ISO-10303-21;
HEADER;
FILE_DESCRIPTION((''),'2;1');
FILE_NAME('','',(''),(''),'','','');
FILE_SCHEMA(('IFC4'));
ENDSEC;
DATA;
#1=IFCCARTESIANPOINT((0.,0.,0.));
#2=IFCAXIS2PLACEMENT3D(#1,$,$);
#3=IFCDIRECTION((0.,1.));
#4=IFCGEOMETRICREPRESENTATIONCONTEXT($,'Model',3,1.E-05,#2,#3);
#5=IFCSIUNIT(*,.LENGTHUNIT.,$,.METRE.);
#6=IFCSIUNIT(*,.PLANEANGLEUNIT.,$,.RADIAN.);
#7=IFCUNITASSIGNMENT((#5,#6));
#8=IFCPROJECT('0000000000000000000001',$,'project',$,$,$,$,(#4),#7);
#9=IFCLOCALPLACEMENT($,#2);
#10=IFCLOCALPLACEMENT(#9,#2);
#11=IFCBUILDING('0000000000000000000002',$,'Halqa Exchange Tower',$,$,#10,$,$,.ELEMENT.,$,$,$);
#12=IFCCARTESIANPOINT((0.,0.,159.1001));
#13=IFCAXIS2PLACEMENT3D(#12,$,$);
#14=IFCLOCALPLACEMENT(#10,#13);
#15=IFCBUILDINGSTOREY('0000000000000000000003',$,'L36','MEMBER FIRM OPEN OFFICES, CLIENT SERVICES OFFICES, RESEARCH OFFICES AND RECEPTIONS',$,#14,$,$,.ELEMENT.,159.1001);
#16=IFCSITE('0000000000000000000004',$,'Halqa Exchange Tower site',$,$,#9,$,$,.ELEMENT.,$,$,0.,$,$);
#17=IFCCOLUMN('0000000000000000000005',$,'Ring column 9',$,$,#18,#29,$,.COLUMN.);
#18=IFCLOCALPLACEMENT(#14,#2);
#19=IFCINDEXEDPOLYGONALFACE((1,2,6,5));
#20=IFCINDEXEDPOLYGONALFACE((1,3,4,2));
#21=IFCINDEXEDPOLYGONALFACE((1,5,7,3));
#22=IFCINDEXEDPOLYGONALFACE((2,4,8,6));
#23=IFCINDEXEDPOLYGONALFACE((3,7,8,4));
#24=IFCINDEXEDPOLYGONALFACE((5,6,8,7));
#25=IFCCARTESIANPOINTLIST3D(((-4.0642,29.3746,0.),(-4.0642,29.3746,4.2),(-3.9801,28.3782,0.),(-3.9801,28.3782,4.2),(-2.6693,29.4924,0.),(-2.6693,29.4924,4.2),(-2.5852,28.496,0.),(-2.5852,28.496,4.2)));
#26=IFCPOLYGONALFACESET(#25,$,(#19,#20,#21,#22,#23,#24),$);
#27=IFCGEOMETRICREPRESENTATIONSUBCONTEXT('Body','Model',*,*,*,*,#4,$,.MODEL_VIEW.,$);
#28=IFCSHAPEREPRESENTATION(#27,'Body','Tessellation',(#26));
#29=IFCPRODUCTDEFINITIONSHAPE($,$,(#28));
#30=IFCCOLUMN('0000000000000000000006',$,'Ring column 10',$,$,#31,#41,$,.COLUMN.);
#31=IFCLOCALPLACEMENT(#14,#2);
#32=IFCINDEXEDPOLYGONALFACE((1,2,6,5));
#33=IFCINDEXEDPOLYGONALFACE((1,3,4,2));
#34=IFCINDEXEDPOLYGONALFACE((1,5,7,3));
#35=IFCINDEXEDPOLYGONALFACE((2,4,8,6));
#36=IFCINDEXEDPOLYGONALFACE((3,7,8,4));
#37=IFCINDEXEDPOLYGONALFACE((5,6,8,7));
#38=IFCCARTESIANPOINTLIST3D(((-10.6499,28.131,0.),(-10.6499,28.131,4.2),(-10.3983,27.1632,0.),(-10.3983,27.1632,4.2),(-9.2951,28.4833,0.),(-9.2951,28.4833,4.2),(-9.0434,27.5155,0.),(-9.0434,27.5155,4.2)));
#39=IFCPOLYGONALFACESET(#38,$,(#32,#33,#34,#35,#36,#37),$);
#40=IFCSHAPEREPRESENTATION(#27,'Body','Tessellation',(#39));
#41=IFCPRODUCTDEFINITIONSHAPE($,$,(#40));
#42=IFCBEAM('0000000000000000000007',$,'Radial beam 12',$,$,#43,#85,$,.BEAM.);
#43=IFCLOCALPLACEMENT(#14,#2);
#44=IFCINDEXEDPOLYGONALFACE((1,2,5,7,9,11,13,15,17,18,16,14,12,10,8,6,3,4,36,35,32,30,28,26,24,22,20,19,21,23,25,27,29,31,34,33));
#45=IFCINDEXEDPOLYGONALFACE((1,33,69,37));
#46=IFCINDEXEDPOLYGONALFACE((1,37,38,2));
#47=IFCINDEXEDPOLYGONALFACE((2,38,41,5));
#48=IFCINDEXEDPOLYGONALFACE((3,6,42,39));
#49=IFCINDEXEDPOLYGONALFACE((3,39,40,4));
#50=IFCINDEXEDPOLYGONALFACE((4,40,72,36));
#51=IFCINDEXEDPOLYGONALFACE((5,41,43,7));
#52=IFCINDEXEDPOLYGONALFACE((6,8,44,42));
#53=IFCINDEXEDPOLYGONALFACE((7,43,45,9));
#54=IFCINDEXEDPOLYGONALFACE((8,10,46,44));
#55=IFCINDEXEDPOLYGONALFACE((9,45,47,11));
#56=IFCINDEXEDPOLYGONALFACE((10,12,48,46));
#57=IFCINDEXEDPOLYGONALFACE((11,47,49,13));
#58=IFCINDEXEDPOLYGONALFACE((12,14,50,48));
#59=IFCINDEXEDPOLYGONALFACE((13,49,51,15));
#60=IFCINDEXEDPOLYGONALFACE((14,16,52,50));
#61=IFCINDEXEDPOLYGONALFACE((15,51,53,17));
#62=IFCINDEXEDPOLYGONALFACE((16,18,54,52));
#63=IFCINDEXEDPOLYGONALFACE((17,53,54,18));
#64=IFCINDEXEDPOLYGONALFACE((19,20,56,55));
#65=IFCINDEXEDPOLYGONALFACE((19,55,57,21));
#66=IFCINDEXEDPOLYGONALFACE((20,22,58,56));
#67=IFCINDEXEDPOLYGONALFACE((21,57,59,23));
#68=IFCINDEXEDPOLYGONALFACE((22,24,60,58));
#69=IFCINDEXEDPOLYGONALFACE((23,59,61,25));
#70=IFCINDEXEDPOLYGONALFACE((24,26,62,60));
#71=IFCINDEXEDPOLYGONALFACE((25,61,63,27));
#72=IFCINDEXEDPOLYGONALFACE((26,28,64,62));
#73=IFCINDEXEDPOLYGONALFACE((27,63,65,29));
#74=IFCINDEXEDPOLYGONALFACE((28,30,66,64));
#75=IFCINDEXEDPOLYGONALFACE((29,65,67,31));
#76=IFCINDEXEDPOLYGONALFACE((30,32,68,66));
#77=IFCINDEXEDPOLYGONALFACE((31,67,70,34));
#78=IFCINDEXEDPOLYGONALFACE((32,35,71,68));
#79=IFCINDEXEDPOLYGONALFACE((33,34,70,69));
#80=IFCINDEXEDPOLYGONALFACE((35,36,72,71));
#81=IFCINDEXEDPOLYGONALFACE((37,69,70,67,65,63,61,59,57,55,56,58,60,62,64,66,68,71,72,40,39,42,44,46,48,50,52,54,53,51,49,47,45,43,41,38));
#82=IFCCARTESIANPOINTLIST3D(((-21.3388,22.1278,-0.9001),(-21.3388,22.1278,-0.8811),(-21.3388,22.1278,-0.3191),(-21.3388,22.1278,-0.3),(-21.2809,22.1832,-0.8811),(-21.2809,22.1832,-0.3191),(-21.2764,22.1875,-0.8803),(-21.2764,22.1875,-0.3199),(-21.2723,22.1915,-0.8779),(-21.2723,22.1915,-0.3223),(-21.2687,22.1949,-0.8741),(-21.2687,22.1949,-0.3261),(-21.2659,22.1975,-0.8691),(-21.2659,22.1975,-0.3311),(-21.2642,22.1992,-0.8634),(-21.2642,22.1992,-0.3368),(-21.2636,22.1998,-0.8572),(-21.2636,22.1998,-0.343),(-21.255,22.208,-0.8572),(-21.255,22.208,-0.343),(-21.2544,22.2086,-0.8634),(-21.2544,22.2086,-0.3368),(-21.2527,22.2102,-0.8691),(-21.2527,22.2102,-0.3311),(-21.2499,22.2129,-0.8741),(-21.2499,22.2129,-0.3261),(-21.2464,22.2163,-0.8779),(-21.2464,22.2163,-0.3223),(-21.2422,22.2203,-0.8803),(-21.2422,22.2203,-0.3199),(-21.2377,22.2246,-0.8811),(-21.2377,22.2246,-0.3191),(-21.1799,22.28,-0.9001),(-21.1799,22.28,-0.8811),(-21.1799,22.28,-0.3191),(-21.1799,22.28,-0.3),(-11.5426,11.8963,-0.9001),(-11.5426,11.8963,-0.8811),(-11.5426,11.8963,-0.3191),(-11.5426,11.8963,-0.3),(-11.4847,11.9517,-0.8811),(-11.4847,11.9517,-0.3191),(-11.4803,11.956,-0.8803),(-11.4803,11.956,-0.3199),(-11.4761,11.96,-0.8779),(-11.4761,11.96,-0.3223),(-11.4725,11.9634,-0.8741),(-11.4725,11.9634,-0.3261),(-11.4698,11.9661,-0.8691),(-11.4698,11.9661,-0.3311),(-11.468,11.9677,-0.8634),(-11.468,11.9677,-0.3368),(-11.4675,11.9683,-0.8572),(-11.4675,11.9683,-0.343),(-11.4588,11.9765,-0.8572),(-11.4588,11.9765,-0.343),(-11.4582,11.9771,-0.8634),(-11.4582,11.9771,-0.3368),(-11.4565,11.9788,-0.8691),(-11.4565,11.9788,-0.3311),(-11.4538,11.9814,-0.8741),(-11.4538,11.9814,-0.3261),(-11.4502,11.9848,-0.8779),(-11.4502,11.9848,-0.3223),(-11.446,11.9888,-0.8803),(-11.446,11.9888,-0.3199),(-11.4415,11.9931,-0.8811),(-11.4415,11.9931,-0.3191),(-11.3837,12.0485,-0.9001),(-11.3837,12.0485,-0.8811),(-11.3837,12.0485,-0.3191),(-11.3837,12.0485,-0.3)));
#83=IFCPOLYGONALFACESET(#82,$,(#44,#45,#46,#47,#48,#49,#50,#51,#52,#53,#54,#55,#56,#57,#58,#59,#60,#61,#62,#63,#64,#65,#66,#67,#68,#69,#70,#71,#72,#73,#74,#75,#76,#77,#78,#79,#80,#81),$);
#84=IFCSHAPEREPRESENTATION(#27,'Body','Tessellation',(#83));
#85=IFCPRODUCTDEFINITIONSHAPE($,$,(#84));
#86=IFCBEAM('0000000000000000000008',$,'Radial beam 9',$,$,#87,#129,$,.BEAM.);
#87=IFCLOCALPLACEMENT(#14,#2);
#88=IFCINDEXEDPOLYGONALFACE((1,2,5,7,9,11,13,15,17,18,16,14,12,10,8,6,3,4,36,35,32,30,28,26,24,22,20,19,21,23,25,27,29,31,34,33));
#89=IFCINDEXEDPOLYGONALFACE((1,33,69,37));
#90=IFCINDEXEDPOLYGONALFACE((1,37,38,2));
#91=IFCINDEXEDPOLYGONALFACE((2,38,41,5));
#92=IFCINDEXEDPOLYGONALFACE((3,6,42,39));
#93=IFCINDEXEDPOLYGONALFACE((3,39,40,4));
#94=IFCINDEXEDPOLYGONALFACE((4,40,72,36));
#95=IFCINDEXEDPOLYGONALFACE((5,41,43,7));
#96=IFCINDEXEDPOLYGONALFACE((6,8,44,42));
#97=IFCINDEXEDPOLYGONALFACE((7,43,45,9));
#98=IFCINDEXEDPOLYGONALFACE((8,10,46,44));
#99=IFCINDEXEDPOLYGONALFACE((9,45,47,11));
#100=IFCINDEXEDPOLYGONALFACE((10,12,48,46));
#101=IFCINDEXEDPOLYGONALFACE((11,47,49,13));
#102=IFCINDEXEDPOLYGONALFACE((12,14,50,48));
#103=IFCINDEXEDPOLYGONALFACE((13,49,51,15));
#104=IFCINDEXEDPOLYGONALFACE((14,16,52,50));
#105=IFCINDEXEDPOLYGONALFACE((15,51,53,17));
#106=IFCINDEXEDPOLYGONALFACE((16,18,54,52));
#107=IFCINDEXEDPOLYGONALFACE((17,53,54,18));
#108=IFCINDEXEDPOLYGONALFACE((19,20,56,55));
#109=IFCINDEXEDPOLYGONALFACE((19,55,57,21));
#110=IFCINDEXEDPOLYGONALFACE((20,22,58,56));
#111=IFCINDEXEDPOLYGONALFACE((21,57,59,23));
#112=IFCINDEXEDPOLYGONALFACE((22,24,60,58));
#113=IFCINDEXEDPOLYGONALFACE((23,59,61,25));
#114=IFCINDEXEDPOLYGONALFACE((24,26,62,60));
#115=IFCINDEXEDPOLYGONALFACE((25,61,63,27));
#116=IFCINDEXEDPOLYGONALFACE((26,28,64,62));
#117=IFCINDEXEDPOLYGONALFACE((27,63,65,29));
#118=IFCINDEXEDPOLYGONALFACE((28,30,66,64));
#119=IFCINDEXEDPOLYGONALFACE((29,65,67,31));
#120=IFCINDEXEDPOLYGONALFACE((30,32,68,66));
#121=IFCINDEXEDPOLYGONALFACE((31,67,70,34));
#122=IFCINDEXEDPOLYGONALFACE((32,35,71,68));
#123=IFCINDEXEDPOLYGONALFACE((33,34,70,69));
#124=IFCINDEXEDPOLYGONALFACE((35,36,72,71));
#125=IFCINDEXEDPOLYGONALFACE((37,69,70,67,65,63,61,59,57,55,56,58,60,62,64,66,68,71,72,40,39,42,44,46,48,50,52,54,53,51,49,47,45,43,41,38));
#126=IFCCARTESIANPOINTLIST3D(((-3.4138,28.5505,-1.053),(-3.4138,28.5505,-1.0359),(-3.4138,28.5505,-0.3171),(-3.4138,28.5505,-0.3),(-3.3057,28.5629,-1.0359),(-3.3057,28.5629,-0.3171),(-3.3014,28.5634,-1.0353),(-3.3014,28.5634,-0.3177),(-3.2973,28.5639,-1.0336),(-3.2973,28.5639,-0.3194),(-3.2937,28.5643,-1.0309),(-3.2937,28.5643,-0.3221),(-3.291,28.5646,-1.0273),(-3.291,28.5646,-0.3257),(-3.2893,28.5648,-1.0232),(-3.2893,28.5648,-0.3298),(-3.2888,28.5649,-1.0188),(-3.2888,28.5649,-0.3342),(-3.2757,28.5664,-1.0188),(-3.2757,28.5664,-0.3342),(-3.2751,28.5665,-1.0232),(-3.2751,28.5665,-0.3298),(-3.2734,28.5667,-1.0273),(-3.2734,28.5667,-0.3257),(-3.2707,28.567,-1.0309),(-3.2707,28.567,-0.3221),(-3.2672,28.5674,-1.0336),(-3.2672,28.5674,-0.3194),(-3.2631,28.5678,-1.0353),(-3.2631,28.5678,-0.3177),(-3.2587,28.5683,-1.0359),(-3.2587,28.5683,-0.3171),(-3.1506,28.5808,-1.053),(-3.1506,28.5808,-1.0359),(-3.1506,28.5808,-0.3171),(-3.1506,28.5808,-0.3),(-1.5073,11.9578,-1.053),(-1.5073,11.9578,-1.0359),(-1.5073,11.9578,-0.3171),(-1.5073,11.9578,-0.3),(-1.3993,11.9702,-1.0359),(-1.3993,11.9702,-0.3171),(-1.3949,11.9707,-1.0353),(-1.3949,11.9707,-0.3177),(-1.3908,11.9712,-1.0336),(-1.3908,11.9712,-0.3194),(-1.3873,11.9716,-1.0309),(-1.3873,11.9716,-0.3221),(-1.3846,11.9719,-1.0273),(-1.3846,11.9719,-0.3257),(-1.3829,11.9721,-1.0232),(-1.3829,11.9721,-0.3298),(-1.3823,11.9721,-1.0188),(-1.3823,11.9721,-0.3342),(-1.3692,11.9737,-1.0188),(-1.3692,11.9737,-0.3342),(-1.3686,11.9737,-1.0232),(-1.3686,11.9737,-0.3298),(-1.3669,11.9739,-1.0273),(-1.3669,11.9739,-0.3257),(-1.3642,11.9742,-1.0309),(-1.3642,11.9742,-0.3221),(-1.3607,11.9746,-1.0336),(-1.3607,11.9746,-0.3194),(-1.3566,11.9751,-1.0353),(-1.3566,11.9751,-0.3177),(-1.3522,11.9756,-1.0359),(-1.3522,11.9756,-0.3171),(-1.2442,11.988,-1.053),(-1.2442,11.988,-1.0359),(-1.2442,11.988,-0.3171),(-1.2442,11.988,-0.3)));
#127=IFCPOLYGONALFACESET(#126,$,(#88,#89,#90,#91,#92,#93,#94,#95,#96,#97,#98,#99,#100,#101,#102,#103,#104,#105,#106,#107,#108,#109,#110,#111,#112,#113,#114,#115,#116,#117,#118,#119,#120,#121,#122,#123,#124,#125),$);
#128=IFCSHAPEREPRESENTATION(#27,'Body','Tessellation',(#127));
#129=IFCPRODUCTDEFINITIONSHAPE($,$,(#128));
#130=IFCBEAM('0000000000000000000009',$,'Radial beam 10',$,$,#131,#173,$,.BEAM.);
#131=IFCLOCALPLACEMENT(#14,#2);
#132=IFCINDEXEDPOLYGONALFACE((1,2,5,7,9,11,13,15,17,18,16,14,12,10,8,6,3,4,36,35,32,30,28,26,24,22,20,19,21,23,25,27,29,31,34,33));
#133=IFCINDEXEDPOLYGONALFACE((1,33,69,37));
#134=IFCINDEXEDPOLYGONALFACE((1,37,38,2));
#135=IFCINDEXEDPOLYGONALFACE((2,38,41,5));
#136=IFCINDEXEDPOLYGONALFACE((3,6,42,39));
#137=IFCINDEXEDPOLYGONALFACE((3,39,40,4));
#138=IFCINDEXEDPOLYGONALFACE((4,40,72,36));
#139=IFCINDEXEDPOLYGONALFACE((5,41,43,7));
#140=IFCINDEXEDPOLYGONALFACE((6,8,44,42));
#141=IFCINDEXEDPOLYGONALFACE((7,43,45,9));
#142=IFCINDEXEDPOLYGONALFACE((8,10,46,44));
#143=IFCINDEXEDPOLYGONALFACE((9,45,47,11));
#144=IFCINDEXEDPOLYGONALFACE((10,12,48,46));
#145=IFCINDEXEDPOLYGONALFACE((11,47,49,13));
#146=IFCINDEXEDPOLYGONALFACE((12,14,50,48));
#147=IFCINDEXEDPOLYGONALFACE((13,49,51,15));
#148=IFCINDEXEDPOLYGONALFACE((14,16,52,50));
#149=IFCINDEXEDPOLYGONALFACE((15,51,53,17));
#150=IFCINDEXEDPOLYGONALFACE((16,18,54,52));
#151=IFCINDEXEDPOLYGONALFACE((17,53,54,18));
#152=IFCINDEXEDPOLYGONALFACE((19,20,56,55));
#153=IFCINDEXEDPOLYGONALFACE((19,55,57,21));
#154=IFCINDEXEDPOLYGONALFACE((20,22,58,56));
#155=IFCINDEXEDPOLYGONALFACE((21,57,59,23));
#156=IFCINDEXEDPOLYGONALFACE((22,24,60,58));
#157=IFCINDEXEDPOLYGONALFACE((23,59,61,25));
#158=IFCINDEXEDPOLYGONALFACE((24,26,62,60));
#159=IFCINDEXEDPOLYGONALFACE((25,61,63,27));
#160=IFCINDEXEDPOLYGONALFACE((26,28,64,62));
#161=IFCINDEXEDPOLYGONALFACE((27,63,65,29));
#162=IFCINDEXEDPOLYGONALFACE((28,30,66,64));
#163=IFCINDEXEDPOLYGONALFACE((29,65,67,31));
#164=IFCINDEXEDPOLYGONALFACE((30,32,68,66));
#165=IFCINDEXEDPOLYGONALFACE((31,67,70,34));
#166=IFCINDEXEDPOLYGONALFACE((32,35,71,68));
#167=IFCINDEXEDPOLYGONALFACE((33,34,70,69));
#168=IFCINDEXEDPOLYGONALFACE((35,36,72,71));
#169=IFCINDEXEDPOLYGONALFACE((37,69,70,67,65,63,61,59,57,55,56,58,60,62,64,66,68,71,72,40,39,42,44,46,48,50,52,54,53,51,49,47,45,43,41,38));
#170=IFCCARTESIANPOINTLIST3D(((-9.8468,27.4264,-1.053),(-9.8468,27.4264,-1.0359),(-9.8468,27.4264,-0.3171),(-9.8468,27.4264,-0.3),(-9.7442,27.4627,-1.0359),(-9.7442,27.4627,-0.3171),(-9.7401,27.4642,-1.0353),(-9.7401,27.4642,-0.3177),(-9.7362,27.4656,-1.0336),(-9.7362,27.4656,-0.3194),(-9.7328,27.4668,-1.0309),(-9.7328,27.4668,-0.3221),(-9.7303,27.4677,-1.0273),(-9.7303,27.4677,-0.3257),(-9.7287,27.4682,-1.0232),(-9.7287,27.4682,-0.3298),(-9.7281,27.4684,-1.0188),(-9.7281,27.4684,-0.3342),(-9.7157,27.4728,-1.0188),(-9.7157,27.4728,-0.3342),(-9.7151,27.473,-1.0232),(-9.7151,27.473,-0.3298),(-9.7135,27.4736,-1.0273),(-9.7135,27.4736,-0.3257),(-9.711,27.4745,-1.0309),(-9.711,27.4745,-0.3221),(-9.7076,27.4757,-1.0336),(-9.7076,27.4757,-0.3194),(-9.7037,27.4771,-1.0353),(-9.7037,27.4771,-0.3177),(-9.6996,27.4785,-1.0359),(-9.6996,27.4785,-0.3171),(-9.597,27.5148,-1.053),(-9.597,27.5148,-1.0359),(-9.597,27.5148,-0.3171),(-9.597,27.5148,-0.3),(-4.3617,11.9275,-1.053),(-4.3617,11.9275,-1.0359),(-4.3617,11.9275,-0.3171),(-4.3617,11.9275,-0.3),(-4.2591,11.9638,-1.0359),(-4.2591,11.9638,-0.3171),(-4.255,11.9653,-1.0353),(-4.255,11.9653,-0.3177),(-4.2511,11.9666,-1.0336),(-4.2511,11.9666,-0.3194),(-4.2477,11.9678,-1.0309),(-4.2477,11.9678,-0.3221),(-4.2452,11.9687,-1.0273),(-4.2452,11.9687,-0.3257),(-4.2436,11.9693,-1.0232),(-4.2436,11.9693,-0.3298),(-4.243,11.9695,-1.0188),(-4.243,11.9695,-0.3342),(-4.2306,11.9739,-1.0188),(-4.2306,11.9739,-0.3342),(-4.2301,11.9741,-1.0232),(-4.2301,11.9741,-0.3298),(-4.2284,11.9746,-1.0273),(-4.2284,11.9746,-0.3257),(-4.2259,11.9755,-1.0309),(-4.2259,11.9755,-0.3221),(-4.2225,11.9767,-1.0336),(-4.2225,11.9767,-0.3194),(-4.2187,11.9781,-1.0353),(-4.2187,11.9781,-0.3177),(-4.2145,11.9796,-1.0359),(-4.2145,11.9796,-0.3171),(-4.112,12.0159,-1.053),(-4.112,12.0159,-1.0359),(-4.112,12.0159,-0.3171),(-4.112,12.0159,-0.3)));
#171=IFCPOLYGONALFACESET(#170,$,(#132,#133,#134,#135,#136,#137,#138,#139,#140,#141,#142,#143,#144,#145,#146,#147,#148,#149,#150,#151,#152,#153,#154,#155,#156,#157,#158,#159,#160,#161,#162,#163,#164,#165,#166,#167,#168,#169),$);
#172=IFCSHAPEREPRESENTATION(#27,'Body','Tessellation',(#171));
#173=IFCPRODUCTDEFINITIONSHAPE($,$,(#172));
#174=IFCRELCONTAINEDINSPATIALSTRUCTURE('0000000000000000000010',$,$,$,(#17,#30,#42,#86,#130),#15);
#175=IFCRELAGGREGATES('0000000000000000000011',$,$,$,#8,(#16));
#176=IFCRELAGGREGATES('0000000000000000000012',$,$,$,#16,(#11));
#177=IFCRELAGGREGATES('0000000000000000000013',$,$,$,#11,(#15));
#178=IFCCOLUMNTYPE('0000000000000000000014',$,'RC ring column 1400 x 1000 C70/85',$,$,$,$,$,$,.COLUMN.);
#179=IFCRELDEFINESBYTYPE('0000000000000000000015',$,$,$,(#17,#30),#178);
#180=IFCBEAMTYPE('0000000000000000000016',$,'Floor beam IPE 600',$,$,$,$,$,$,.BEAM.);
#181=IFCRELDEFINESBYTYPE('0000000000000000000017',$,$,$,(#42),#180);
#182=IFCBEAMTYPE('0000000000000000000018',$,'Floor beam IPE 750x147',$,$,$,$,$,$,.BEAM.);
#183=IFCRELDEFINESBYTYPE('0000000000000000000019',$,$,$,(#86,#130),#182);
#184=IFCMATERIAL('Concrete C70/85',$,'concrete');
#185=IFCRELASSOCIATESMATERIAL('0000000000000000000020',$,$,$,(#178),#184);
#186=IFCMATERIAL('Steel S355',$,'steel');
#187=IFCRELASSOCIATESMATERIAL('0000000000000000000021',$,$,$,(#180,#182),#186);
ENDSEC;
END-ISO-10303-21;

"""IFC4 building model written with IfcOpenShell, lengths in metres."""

from ifc_helpers import new_model, si_unit, direction, frame, origin, origin_2d, place, context, subcontext, project, spatial, rectangle, i_section, extrude, material, material_profile, profile_set, type_object, element, save


model = new_model("IFC4")

# Units and contexts
model_context = context("Model", 3, precision=1e-05, world=origin(), true_north=direction((0.0, 1.0)))
body_context = subcontext(model_context, "Body", "Model", "MODEL_VIEW")
ifc_project = project(units=[si_unit("LENGTHUNIT", "METRE"), si_unit("PLANEANGLEUNIT", "RADIAN")], contexts=[model_context])

# Site, building, storey
site_placement = place(None, origin())
site = spatial("IfcSite", under=ifc_project, at=site_placement, Name="Halqa Exchange Tower site", CompositionType="ELEMENT", RefElevation=0.0)
building_placement = place(site_placement, origin())
building = spatial("IfcBuilding", under=site, at=building_placement, Name="Halqa Exchange Tower", CompositionType="ELEMENT")
storey_placement = place(building_placement, frame((0.0, 0.0, 159.1001)))
storey = spatial("IfcBuildingStorey", under=building, at=storey_placement, Name="L36", Description="MEMBER FIRM OPEN OFFICES, CLIENT SERVICES OFFICES, RESEARCH OFFICES AND RECEPTIONS", CompositionType="ELEMENT", Elevation=159.1001)

# Columns
ifc_material_1 = material(Name="Concrete C70/85", Category="concrete")
ifc_material_profile_1 = material_profile(ifc_material_1, rectangle(XDim=1.3999, YDim=1.0, at=origin_2d()), Name="1400 x 1000")
ifc_profile_set_1 = profile_set([ifc_material_profile_1], Name="Concrete C70/85")
column_type = type_object("IfcColumnType", Name="RC ring column 1400 x 1000 C70/85", PredefinedType="COLUMN", material=ifc_profile_set_1)
for number, where, z_axis, x_axis, name in (
    (1, (-3.3247, 28.9353, 0.0), (0.0, 0.0, 1.0), (-0.996455, -0.084125, 0.0), "Ring column 9"),
    (2, (-9.8467, 27.8232, 0.0), (0.0, 0.0, 1.0), (-0.96782, -0.251645, 0.0), "Ring column 10"),
):
    element("IfcColumn", number, at=place(storey_placement, frame(where, z_axis=z_axis, x_axis=x_axis)), inside=storey, type_object=column_type, Name=name, PredefinedType="COLUMN", context=body_context, shape_type="SweptSolid", body=[
        extrude(rectangle(XDim=1.3999, YDim=1.0, at=origin_2d()), origin(), (0.0, 0.0, 1.0), 4.2),
    ])

# Beams
ifc_material_2 = material(Name="Steel S355", Category="steel")
ifc_material_profile_2 = material_profile(ifc_material_2, i_section(OverallWidth=0.22, OverallDepth=0.6001, WebThickness=0.012, FlangeThickness=0.019, FilletRadius=0.0239, at=origin_2d()), Name="IPE 600")
ifc_profile_set_2 = profile_set([ifc_material_profile_2], Name="Steel S355")
beam_type_1 = type_object("IfcBeamType", Name="Floor beam IPE 600", PredefinedType="BEAM", material=ifc_profile_set_2)
beam_1_placement = place(storey_placement, frame((-11.4631, 11.9724, -0.6001), z_axis=(-0.691574, 0.722305, 0.0), x_axis=(-0.722305, -0.691574, 0.0)))
element("IfcBeam", 3, at=beam_1_placement, inside=storey, type_object=beam_type_1, Name="Radial beam 12", PredefinedType="BEAM", context=body_context, shape_type="SweptSolid", body=[
    extrude(i_section(OverallWidth=0.22, OverallDepth=0.6001, WebThickness=0.012, FlangeThickness=0.019, FilletRadius=0.0239, at=origin_2d()), origin(), (0.0, 0.0, 1.0), 14.165),
])
ifc_material_profile_3 = material_profile(ifc_material_2, i_section(OverallWidth=0.2649, OverallDepth=0.7529, WebThickness=0.0132, FlangeThickness=0.0171, FilletRadius=0.0171, at=origin_2d()), Name="IPE 750x147")
ifc_profile_set_3 = profile_set([ifc_material_profile_3], Name="Steel S355")
beam_type_2 = type_object("IfcBeamType", Name="Floor beam IPE 750x147", PredefinedType="BEAM", material=ifc_profile_set_3)
beam_2_placement = place(storey_placement, frame((-1.3757, 11.9729, -0.6765), z_axis=(-0.114148, 0.993464, 0.0), x_axis=(-0.993464, -0.114148, 0.0)))
element("IfcBeam", 4, at=beam_2_placement, inside=storey, type_object=beam_type_2, Name="Radial beam 9", PredefinedType="BEAM", context=body_context, shape_type="SweptSolid", body=[
    extrude(i_section(OverallWidth=0.2649, OverallDepth=0.7529, WebThickness=0.0132, FlangeThickness=0.0171, FilletRadius=0.0171, at=origin_2d()), origin(), (0.0, 0.0, 1.0), 16.7019),
])
beam_3_placement = place(storey_placement, frame((-4.2368, 11.9717, -0.6765), z_axis=(-0.333624, 0.942706, 0.0), x_axis=(-0.942706, -0.333624, 0.0)))
element("IfcBeam", 5, at=beam_3_placement, inside=storey, type_object=beam_type_2, Name="Radial beam 10", PredefinedType="BEAM", context=body_context, shape_type="SweptSolid", body=[
    extrude(i_section(OverallWidth=0.2649, OverallDepth=0.7529, WebThickness=0.0132, FlangeThickness=0.0171, FilletRadius=0.0171, at=origin_2d()), origin(), (0.0, 0.0, 1.0), 16.4409),
])

save(model, "model.ifc")
